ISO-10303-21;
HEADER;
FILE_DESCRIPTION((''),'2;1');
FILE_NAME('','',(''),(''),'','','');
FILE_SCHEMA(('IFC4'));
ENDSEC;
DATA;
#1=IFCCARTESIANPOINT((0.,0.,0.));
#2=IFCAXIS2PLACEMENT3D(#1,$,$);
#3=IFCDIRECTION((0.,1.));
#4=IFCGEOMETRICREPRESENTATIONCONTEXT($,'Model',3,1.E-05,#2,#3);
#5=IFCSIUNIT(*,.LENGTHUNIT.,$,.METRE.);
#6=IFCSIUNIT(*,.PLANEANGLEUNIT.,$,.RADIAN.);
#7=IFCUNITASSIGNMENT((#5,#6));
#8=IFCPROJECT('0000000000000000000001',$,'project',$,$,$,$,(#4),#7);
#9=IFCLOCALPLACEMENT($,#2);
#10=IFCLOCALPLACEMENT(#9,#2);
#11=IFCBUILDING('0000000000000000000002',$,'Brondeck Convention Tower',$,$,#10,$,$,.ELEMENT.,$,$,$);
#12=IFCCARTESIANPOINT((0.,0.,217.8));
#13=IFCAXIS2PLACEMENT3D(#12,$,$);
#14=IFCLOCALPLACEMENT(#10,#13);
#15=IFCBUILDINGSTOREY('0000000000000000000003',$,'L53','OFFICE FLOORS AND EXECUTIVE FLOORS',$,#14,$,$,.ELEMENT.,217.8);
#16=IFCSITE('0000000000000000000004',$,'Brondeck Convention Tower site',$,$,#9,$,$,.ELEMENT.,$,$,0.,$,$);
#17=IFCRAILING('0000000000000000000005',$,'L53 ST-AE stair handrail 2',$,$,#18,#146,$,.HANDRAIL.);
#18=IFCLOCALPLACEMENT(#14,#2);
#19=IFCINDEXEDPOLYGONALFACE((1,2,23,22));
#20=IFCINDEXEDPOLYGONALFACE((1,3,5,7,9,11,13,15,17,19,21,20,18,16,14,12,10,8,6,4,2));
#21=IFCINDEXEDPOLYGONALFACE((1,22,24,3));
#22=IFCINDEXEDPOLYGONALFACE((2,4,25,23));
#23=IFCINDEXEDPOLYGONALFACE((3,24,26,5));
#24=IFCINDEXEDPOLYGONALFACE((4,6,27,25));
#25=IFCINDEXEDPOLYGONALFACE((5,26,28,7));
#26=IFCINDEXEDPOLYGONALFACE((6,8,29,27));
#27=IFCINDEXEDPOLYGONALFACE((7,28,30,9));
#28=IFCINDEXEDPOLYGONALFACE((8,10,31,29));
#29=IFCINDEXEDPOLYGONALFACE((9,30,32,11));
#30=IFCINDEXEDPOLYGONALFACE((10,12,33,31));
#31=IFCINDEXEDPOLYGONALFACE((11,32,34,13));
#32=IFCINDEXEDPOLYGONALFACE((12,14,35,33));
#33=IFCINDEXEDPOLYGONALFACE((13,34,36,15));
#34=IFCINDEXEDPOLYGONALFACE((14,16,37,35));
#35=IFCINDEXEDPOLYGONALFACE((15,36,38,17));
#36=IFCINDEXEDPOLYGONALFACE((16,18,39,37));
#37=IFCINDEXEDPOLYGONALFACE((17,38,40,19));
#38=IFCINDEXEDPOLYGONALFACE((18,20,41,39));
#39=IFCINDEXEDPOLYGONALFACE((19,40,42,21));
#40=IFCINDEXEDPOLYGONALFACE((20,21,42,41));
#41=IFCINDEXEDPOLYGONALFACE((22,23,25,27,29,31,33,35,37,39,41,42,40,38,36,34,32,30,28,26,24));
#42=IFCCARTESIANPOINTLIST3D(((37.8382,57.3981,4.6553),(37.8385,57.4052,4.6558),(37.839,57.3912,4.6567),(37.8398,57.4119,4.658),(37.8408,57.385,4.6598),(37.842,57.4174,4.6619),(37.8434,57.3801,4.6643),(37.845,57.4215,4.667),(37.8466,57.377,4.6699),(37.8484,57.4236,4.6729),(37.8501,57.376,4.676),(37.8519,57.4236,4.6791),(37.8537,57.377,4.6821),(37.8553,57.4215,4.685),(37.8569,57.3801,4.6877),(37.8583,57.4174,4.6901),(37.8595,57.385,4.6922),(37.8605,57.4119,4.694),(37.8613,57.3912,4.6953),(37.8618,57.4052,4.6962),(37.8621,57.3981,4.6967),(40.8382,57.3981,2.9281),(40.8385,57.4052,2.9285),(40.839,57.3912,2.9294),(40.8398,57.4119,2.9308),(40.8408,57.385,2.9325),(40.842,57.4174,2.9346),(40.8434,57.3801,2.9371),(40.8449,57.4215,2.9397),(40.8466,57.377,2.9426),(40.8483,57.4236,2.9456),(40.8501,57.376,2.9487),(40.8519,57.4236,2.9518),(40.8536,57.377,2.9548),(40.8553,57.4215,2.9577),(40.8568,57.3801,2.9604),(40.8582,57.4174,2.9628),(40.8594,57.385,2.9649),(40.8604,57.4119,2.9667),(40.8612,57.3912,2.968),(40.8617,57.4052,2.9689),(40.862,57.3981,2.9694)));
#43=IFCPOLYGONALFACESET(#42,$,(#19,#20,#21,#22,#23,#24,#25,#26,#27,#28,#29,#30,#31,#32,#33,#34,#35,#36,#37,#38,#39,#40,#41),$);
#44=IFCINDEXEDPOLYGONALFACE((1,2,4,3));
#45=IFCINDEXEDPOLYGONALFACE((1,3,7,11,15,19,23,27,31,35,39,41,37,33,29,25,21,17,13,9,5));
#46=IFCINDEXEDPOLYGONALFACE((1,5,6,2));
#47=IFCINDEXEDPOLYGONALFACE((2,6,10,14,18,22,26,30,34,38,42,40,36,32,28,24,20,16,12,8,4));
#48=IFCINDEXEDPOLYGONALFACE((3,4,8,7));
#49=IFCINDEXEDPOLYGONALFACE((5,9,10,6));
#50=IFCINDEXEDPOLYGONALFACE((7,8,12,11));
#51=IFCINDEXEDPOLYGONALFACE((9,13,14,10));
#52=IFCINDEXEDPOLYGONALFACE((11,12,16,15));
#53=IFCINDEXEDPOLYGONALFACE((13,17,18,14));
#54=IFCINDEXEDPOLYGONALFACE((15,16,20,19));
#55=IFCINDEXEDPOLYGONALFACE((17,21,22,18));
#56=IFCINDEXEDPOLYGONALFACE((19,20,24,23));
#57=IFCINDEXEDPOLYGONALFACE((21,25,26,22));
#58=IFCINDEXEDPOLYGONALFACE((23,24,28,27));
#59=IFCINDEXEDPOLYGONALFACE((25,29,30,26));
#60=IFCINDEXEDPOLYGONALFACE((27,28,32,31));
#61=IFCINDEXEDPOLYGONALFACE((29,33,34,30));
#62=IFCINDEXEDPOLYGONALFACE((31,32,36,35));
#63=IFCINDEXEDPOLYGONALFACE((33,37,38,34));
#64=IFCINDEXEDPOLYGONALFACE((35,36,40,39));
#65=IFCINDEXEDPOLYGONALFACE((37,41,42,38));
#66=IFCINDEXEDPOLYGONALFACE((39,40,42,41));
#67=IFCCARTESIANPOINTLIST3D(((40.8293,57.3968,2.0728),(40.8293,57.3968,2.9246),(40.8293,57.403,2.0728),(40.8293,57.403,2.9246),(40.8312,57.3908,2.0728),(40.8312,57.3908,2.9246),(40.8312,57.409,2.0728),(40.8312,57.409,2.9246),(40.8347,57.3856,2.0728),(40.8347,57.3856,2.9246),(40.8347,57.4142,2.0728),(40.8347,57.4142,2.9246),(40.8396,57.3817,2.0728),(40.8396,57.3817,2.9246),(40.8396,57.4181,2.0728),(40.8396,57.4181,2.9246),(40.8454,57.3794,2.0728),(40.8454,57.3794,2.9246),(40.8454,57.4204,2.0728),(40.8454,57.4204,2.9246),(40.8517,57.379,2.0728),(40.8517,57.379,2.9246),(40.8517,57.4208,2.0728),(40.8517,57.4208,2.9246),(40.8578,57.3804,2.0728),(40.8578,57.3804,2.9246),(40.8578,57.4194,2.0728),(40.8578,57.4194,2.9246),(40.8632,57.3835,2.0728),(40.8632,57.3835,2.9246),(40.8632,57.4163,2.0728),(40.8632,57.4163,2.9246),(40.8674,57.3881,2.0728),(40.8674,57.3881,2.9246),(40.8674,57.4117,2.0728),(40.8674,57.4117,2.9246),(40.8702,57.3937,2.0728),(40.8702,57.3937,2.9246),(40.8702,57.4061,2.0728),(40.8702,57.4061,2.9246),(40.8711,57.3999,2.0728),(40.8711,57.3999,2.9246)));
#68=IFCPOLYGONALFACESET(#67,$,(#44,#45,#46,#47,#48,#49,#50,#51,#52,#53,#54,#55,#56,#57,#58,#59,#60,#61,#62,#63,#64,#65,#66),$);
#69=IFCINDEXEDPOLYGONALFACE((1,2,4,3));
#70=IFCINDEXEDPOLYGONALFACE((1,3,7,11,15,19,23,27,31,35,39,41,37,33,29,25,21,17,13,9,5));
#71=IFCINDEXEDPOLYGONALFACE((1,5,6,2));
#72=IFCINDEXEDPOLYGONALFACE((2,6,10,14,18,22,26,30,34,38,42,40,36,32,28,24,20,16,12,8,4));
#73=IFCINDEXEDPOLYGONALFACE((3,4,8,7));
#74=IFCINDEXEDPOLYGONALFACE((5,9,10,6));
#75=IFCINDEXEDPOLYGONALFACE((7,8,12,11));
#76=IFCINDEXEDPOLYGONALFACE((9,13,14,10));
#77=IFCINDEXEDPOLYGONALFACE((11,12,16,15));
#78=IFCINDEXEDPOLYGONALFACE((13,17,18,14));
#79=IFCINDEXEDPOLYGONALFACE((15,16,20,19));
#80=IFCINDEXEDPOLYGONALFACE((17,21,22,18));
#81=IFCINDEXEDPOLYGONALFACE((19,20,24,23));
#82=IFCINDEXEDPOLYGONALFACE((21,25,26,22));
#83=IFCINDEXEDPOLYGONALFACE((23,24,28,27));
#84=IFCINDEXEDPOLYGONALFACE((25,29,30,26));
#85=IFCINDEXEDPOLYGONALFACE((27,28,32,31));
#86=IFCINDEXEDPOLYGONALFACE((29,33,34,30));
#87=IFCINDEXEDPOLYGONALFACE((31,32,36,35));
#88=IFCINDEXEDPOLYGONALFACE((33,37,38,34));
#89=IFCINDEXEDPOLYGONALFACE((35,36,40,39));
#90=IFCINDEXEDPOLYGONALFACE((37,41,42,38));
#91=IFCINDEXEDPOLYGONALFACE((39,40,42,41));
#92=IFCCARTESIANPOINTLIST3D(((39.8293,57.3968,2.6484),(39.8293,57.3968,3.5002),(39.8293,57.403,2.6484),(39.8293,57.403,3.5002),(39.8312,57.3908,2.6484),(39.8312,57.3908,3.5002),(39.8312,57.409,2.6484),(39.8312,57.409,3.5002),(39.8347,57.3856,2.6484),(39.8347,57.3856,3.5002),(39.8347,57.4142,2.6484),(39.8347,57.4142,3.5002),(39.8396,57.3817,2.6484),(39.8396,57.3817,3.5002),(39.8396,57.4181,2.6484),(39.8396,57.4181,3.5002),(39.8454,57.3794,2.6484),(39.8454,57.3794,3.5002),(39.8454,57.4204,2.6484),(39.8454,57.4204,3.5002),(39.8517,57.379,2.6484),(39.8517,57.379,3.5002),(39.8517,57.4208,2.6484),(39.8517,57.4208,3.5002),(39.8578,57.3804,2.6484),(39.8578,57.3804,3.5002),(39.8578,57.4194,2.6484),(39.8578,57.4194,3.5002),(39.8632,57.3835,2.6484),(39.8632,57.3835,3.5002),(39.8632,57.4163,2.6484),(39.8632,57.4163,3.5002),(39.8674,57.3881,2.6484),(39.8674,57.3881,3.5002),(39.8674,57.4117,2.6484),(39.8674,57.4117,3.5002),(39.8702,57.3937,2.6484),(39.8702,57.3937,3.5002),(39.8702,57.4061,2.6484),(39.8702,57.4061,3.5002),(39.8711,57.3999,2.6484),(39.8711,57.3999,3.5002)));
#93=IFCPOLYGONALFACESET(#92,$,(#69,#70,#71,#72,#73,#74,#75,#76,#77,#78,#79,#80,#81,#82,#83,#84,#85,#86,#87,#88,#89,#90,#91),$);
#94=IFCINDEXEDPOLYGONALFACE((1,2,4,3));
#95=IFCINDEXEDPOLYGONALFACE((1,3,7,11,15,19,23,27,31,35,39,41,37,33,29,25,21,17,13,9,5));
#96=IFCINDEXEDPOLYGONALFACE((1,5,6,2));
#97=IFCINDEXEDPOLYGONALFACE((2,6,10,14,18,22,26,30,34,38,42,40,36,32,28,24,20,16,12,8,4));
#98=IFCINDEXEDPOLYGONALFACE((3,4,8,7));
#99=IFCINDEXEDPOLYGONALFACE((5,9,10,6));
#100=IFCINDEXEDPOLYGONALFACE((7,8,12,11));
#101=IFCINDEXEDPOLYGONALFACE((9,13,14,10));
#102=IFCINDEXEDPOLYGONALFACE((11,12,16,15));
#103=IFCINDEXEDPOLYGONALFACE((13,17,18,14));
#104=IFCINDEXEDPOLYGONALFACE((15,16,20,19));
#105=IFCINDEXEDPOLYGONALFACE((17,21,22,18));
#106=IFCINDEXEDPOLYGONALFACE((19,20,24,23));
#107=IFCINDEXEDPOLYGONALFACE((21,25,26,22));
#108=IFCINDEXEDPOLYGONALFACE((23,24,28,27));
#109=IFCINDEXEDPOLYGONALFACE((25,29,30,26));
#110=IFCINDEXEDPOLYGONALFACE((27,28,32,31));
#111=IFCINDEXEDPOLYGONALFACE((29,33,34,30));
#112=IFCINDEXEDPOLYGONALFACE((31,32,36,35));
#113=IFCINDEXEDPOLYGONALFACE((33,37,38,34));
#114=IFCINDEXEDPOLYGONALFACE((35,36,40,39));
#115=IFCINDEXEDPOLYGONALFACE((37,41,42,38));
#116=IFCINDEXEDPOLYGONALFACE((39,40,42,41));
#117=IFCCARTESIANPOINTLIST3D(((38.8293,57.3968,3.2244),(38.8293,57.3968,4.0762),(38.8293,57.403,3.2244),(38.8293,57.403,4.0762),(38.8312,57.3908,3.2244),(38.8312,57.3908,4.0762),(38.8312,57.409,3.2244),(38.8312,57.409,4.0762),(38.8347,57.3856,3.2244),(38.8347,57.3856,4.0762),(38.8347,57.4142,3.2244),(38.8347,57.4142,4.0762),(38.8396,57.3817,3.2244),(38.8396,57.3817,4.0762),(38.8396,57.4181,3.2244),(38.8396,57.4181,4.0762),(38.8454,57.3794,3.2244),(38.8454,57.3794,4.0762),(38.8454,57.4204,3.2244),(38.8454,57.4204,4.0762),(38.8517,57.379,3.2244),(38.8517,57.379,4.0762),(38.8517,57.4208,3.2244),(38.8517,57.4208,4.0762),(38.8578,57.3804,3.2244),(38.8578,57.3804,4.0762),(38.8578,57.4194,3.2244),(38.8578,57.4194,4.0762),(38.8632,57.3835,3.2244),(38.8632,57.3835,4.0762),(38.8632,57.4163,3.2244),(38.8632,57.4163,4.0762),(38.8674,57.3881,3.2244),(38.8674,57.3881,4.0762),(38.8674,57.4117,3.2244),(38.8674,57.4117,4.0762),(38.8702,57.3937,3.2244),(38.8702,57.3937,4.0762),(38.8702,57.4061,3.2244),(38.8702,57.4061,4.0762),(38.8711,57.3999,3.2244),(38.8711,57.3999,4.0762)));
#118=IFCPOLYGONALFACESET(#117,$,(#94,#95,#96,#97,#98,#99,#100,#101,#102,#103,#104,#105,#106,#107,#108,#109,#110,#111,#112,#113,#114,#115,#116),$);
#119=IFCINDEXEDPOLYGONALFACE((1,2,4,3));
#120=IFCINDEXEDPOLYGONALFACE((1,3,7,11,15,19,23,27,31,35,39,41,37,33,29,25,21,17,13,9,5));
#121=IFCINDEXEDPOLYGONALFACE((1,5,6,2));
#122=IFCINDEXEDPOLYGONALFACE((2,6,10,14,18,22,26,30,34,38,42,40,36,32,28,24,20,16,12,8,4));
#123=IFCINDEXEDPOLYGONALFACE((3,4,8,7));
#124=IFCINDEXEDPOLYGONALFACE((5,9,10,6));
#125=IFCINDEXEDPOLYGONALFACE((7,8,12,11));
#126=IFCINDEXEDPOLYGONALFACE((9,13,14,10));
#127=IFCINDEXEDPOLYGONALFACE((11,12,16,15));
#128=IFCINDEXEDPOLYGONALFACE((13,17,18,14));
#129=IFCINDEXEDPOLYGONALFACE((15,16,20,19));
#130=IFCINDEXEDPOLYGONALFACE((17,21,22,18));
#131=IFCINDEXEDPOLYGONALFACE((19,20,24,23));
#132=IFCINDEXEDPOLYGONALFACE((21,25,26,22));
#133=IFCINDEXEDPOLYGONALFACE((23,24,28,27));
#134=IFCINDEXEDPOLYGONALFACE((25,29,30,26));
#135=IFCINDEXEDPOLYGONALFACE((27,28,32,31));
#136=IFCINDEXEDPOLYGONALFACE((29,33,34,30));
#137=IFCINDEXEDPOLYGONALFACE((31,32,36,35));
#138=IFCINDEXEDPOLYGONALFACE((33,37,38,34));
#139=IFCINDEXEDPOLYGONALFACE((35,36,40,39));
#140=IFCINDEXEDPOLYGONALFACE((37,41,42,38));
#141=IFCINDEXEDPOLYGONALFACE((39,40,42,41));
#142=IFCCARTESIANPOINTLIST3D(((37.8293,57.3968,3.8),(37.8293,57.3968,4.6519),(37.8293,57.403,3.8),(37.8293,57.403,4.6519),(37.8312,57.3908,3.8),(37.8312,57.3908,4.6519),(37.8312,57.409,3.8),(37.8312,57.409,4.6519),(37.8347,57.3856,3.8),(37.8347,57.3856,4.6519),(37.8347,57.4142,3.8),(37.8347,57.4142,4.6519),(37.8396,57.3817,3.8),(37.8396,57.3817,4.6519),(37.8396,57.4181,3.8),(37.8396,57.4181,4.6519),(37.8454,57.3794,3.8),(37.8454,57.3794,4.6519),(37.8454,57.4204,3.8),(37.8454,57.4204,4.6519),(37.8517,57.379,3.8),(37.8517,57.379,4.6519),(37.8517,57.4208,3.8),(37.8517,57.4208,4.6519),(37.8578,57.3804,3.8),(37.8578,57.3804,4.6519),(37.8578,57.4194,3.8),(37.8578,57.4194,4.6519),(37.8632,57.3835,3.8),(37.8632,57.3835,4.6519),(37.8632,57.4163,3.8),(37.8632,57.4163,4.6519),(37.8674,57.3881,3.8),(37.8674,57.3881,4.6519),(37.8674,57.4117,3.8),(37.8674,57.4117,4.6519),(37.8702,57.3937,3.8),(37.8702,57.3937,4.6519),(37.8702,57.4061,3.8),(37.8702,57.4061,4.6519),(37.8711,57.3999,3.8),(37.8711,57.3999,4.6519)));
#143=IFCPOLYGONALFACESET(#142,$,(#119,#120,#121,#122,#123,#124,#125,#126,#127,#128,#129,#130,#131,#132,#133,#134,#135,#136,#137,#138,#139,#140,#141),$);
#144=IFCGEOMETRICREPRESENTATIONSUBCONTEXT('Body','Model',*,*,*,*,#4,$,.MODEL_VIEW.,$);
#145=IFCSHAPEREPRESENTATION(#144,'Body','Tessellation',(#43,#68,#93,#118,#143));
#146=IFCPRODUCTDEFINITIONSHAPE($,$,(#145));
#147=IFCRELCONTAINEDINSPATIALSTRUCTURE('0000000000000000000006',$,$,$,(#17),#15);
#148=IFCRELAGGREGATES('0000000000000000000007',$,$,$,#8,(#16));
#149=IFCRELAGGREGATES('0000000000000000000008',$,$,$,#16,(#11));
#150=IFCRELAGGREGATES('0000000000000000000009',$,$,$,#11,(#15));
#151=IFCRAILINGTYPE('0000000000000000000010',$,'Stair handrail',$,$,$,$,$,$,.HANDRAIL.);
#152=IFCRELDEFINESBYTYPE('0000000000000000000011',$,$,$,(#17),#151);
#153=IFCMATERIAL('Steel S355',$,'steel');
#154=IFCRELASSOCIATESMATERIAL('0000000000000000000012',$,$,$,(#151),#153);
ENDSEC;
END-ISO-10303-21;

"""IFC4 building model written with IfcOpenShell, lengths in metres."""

from ifc_helpers import new_model, si_unit, direction, frame, origin, origin_2d, place, context, subcontext, project, spatial, circle, extrude, material, type_object, element, save


model = new_model("IFC4")

# Units and contexts
model_context = context("Model", 3, precision=1e-05, world=origin(), true_north=direction((0.0, 1.0)))
body_context = subcontext(model_context, "Body", "Model", "MODEL_VIEW")
ifc_project = project(units=[si_unit("LENGTHUNIT", "METRE"), si_unit("PLANEANGLEUNIT", "RADIAN")], contexts=[model_context])

# Site, building, storey
site_placement = place(None, origin())
site = spatial("IfcSite", under=ifc_project, at=site_placement, Name="Brondeck Convention Tower site", CompositionType="ELEMENT", RefElevation=0.0)
building_placement = place(site_placement, origin())
building = spatial("IfcBuilding", under=site, at=building_placement, Name="Brondeck Convention Tower", CompositionType="ELEMENT")
storey_placement = place(building_placement, frame((0.0, 0.0, 217.8)))
storey = spatial("IfcBuildingStorey", under=building, at=storey_placement, Name="L53", Description="OFFICE FLOORS AND EXECUTIVE FLOORS", CompositionType="ELEMENT", Elevation=217.8)

# Shared definitions
ifc_material_1 = material(Name="Steel S355", Category="steel")

# Railing
railing_type_1 = type_object("IfcRailingType", Name="Stair handrail", PredefinedType="HANDRAIL", material=ifc_material_1)
railing_1_placement = place(storey_placement, frame((40.8501, 57.3999, 2.0728)))
element("IfcRailing", 1, at=railing_1_placement, inside=storey, type_object=railing_type_1, Name="L53 ST-AE stair handrail 2", PredefinedType="HANDRAIL", context=body_context, shape_type="SweptSolid", body=[
    extrude(circle(Radius=0.0239, at=origin_2d()), frame((0.0, 0.0, 0.876), z_axis=(-0.86662, 0.0, 0.498969), x_axis=(0.0, -1.0, 0.0)), (0.0, 0.0, 1.0), 3.4617),
    extrude(circle(Radius=0.021, at=origin_2d()), origin(), (0.0, 0.0, 1.0), 0.8518),
    extrude(circle(Radius=0.021, at=origin_2d()), frame((-1.0, 0.0, 0.5757)), (0.0, 0.0, 1.0), 0.8518),
    extrude(circle(Radius=0.021, at=origin_2d()), frame((-2.0, 0.0, 1.1516)), (0.0, 0.0, 1.0), 0.8518),
    extrude(circle(Radius=0.021, at=origin_2d()), frame((-3.0, 0.0, 1.7273)), (0.0, 0.0, 1.0), 0.8518),
])

save(model, "model.ifc")
